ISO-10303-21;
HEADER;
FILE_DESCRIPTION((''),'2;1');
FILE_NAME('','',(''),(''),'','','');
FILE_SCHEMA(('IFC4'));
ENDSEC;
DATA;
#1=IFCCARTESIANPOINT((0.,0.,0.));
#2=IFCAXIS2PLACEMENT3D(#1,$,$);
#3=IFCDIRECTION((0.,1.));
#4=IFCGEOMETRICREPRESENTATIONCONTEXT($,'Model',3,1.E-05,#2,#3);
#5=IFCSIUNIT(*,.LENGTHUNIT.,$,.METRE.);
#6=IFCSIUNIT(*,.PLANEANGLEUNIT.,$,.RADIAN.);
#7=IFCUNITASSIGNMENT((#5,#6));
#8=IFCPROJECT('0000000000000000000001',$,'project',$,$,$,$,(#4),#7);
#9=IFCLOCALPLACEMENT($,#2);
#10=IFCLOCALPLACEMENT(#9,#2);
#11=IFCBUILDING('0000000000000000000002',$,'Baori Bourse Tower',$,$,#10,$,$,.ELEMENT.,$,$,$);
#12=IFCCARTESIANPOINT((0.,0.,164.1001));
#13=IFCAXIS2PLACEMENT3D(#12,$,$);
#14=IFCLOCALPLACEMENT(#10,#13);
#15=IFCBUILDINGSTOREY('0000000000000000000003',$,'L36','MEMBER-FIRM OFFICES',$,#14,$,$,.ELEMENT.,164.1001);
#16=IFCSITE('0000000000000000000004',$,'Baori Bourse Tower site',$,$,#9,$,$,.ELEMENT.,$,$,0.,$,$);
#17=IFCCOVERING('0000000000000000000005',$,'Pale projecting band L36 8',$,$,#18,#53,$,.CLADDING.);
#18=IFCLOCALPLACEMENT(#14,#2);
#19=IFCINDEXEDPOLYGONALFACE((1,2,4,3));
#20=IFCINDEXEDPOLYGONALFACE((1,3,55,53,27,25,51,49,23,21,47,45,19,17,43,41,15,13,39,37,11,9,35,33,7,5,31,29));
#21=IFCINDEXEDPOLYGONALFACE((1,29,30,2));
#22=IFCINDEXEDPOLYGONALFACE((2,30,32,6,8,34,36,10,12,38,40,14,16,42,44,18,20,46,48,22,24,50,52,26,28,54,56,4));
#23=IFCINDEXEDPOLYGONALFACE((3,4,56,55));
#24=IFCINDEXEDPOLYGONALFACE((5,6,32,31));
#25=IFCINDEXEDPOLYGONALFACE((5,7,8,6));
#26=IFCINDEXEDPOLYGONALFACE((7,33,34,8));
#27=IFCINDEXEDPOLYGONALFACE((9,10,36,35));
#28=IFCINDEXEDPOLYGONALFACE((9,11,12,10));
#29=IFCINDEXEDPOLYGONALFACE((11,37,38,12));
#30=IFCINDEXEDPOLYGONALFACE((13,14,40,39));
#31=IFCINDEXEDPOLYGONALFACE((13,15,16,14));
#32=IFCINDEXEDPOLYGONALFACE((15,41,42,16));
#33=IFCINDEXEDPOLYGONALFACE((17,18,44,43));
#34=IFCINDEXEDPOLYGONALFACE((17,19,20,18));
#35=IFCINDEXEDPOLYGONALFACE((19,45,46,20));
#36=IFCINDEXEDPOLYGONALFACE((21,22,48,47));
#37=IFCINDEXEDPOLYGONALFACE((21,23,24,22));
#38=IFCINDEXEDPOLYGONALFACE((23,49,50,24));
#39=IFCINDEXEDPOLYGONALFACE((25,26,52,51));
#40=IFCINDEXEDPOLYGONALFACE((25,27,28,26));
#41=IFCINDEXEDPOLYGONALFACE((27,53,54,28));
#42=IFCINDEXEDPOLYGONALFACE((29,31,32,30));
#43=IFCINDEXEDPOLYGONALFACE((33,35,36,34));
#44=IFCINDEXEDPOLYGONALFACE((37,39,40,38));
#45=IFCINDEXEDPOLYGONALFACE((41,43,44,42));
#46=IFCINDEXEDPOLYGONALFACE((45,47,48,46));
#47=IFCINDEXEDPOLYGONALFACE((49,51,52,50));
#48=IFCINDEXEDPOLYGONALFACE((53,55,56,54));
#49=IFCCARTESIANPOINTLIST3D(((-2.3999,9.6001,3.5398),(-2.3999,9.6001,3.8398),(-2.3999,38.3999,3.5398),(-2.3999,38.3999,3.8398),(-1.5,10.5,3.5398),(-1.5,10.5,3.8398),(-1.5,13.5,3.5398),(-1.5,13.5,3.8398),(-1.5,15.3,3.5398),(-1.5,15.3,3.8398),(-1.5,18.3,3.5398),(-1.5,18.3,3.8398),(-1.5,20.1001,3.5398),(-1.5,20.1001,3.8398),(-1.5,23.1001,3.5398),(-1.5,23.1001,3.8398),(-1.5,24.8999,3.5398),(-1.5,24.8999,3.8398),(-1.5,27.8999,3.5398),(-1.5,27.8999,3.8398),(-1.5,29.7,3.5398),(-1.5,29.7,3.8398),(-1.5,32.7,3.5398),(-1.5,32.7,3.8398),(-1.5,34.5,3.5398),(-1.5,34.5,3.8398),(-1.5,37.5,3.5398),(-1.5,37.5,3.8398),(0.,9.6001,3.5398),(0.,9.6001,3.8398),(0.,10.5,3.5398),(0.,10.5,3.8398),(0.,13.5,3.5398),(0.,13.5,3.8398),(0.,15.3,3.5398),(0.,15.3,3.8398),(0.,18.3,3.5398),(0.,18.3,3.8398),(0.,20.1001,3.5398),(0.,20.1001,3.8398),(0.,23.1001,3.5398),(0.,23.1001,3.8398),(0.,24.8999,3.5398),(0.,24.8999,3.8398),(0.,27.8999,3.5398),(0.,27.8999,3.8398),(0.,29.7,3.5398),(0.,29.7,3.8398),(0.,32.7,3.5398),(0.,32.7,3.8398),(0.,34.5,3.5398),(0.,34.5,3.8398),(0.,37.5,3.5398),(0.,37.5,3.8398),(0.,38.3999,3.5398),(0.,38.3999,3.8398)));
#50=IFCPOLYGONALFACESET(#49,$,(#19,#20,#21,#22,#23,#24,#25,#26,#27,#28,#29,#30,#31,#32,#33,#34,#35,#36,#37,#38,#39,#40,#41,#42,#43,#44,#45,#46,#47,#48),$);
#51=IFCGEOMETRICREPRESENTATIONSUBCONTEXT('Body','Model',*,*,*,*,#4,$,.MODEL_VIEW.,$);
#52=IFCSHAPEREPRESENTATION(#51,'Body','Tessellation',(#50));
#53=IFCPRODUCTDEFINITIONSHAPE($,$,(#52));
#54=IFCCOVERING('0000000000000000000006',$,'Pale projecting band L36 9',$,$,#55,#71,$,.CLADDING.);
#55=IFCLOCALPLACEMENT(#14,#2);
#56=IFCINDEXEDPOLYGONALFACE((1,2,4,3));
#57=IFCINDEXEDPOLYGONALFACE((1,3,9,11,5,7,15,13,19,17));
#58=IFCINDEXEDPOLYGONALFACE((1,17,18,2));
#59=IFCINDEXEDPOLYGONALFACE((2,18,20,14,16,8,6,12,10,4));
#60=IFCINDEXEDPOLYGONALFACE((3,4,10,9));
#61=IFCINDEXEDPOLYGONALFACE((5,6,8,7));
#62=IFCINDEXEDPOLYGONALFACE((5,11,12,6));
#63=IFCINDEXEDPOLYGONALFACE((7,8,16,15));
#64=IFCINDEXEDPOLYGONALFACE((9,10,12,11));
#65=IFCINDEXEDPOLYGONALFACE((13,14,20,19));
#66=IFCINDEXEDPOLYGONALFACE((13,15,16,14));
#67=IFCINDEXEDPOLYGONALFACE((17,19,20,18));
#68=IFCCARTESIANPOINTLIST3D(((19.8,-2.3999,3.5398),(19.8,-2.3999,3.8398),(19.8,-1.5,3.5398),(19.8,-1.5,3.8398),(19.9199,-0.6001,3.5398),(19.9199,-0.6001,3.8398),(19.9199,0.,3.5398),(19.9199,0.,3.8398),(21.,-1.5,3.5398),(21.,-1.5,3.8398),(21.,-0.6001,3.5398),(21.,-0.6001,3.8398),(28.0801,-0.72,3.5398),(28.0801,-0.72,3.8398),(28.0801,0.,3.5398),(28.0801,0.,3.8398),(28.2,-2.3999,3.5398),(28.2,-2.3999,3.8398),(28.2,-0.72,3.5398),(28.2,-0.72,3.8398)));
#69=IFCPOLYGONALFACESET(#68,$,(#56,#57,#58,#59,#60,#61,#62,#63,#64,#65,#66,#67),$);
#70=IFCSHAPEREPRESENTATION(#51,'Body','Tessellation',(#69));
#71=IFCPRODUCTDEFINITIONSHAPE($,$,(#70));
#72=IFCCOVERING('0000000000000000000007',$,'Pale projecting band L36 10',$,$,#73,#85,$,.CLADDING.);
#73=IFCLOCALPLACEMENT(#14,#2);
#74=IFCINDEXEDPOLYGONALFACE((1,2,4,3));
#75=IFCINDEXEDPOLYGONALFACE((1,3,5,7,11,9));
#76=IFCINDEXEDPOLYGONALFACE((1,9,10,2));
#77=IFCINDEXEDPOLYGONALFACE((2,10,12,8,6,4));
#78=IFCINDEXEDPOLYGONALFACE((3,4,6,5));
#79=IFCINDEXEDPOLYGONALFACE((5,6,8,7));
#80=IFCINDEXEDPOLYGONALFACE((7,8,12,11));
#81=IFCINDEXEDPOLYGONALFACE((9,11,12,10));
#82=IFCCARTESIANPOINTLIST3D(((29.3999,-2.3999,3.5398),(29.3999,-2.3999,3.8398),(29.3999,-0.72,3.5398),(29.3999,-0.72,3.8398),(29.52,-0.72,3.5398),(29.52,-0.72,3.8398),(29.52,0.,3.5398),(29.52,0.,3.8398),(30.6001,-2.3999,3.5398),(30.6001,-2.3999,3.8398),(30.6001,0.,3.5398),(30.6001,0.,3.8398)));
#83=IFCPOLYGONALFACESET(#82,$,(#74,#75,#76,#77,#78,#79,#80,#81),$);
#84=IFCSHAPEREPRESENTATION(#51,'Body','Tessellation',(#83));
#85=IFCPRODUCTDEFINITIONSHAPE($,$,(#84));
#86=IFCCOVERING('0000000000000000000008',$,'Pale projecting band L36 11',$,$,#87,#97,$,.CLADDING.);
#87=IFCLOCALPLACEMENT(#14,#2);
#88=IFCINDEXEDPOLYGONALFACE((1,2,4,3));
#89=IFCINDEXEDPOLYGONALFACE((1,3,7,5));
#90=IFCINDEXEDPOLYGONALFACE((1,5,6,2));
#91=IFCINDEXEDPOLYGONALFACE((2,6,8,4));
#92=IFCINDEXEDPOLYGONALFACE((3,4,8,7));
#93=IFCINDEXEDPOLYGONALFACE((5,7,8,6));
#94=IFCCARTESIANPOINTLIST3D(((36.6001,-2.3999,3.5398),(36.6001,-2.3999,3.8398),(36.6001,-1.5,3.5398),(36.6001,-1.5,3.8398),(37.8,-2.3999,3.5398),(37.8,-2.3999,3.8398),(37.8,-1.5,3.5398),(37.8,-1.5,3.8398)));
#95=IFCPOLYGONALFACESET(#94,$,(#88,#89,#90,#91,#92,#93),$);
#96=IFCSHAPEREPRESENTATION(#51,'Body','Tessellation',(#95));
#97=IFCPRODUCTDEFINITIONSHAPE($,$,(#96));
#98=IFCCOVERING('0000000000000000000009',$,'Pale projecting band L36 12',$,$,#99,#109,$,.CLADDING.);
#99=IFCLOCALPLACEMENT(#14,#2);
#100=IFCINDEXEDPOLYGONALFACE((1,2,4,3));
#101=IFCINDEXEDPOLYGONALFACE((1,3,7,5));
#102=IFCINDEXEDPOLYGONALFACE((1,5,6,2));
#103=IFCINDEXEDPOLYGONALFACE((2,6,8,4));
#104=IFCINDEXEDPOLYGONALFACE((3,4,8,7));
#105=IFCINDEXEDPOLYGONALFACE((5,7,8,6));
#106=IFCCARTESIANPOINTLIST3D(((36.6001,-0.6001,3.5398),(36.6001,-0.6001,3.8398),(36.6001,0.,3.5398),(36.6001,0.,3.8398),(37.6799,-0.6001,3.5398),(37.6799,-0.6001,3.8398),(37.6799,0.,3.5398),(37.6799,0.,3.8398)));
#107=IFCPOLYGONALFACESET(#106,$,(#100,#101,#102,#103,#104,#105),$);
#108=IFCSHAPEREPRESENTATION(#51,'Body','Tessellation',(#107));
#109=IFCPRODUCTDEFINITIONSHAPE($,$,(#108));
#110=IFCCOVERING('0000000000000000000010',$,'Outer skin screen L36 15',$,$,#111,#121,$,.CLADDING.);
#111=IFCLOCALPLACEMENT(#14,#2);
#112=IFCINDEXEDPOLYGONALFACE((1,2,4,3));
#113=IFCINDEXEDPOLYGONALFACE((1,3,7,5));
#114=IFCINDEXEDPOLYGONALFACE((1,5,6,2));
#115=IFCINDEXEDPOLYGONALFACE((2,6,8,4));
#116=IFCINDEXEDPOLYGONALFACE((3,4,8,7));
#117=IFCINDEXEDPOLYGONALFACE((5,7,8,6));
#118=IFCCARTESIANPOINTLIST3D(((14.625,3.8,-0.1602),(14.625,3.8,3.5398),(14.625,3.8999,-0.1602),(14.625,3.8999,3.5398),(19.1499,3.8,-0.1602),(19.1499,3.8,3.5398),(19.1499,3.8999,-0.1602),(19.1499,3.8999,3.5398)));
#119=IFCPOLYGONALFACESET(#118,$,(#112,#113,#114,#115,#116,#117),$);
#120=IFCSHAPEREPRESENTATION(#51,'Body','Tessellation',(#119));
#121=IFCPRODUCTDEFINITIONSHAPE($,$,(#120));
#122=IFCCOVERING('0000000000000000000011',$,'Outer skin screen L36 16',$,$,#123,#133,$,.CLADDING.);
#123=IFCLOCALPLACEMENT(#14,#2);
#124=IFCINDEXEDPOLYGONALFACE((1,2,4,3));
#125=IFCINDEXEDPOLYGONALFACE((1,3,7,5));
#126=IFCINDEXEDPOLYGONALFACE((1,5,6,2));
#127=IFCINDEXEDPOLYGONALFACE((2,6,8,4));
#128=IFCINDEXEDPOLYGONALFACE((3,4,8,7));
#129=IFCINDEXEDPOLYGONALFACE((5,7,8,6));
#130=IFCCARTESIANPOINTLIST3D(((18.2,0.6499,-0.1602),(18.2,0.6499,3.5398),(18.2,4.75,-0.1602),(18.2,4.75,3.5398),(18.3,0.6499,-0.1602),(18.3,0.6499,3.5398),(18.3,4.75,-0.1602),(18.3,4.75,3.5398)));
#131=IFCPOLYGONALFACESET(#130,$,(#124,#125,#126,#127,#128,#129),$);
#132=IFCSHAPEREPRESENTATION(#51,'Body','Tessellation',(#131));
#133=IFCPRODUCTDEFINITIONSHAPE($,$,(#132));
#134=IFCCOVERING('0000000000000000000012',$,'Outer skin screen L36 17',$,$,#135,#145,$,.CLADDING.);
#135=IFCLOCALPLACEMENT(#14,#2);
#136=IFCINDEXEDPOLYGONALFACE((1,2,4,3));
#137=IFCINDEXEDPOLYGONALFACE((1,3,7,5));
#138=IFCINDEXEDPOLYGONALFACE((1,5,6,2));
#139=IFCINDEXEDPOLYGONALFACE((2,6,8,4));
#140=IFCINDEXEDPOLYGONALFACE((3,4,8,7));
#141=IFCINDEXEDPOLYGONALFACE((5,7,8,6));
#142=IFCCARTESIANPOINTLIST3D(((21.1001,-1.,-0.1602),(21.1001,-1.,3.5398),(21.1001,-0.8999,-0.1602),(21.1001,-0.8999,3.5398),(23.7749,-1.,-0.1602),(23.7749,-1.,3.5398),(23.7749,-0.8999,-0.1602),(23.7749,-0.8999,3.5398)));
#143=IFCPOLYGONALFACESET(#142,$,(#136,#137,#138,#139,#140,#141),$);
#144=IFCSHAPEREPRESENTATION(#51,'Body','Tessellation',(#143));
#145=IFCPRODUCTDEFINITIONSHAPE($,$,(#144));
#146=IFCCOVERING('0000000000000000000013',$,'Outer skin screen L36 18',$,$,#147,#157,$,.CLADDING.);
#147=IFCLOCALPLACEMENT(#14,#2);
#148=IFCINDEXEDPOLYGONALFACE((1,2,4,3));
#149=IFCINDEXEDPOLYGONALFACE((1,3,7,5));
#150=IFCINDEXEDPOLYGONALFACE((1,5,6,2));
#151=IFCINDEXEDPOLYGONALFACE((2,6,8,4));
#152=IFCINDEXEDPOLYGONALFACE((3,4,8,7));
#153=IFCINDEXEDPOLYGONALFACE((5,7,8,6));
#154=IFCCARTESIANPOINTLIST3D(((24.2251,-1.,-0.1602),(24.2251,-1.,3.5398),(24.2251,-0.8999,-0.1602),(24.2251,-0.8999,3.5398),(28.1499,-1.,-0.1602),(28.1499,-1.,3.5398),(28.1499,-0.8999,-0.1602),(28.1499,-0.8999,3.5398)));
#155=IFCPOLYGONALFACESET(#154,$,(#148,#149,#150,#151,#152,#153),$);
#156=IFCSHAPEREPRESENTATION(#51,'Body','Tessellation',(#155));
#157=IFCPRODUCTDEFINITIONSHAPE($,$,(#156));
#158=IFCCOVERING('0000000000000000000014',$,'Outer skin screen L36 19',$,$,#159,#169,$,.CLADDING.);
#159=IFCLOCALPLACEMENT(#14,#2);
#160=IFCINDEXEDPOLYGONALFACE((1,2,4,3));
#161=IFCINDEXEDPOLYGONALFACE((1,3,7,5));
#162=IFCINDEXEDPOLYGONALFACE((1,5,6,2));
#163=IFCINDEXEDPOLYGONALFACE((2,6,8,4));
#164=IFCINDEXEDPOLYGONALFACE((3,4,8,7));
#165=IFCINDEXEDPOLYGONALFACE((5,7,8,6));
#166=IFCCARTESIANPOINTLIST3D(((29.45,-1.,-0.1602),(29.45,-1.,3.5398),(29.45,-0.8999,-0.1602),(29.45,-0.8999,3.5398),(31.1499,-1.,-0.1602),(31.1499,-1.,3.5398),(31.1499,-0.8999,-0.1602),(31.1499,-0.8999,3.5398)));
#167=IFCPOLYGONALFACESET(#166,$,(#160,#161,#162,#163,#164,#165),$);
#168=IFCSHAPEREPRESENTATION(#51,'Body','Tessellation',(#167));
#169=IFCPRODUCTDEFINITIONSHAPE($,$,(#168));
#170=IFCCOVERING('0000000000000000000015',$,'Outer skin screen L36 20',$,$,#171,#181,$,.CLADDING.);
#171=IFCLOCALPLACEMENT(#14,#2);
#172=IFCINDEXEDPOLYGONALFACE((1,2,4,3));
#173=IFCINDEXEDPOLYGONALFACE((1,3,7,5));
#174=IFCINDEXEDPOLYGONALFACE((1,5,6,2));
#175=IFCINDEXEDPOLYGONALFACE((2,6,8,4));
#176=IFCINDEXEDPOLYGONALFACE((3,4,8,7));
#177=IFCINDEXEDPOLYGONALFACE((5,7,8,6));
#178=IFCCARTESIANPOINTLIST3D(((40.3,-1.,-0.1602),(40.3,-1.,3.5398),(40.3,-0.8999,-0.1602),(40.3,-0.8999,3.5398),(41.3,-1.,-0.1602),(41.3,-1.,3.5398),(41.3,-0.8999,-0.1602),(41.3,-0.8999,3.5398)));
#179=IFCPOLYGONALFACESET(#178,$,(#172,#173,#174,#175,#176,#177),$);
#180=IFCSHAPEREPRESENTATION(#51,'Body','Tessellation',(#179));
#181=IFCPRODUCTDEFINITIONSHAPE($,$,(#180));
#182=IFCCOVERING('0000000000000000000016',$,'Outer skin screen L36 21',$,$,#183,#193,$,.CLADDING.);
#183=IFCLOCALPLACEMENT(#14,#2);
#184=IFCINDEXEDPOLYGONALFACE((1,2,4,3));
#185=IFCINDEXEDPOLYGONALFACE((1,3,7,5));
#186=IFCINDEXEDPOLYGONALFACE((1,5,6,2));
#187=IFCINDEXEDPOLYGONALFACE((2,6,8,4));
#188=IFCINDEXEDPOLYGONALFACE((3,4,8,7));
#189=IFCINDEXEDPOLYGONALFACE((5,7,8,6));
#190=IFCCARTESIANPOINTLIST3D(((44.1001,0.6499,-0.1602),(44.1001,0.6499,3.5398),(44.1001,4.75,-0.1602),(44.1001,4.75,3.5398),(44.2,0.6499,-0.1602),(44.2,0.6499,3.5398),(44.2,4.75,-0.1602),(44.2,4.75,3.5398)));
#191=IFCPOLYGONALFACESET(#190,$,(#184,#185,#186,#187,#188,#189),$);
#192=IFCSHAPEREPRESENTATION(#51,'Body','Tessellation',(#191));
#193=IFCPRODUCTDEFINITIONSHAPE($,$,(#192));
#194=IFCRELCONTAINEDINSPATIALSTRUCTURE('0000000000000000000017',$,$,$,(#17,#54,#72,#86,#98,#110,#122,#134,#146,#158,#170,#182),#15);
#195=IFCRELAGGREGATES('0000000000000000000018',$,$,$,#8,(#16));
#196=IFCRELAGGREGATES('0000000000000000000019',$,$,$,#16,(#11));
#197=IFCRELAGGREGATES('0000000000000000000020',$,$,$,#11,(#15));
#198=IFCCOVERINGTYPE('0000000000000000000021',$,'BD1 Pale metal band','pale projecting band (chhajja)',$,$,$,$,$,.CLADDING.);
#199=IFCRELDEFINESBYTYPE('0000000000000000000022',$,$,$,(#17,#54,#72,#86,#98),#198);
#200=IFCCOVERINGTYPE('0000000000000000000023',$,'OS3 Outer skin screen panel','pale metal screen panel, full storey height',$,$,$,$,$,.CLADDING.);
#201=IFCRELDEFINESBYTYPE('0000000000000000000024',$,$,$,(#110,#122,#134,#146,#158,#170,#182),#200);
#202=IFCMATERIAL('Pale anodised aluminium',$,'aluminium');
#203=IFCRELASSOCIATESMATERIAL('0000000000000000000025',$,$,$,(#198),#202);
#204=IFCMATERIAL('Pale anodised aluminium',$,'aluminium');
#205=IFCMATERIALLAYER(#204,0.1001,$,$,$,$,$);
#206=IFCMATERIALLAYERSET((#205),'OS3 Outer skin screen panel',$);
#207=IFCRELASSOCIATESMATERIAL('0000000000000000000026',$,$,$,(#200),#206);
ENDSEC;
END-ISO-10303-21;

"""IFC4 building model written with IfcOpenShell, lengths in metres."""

from ifc_helpers import new_model, si_unit, direction, frame, origin, place, context, subcontext, project, spatial, polyline, outline, extrude, material, layer, layer_set, type_object, element, save


model = new_model("IFC4")

# Units and contexts
model_context = context("Model", 3, precision=1e-05, world=origin(), true_north=direction((0.0, 1.0)))
body_context = subcontext(model_context, "Body", "Model", "MODEL_VIEW")
ifc_project = project(units=[si_unit("LENGTHUNIT", "METRE"), si_unit("PLANEANGLEUNIT", "RADIAN")], contexts=[model_context])

# Site, building, storey
site_placement = place(None, origin())
site = spatial("IfcSite", under=ifc_project, at=site_placement, Name="Baori Bourse Tower site", CompositionType="ELEMENT", RefElevation=0.0)
building_placement = place(site_placement, origin())
building = spatial("IfcBuilding", under=site, at=building_placement, Name="Baori Bourse Tower", CompositionType="ELEMENT")
storey_placement = place(building_placement, frame((0.0, 0.0, 164.1001)))
storey = spatial("IfcBuildingStorey", under=building, at=storey_placement, Name="L36", Description="MEMBER-FIRM OFFICES", CompositionType="ELEMENT", Elevation=164.1001)

# Coverings
ifc_material_1 = material(Name="Pale anodised aluminium", Category="aluminium")
covering_type_1 = type_object("IfcCoveringType", Name="BD1 Pale metal band", Description="pale projecting band (chhajja)", PredefinedType="CLADDING", material=ifc_material_1)
covering_1_placement = place(storey_placement, frame((0.0, 0.0, 3.5398)))
element("IfcCovering", 1, at=covering_1_placement, inside=storey, type_object=covering_type_1, Name="Pale projecting band L36 8", PredefinedType="CLADDING", context=body_context, shape_type="SweptSolid", body=[
    extrude(outline(polyline([(0.0, 37.5), (0.0, 38.3999), (-2.3999, 38.3999), (-2.3999, 9.6001), (0.0, 9.6001), (0.0, 10.5), (-1.5, 10.5), (-1.5, 13.5), (0.0, 13.5), (0.0, 15.3), (-1.5, 15.3), (-1.5, 18.3), (0.0, 18.3), (0.0, 20.1001), (-1.5, 20.1001), (-1.5, 23.1001), (0.0, 23.1001), (0.0, 24.8999), (-1.5, 24.8999), (-1.5, 27.8999), (0.0, 27.8999), (0.0, 29.7), (-1.5, 29.7), (-1.5, 32.7), (0.0, 32.7), (0.0, 34.5), (-1.5, 34.5), (-1.5, 37.5), (0.0, 37.5)])), origin(), (0.0, 0.0, 1.0), 0.3),
])
covering_2_placement = place(storey_placement, frame((0.0, 0.0, 3.5398)))
element("IfcCovering", 2, at=covering_2_placement, inside=storey, type_object=covering_type_1, Name="Pale projecting band L36 9", PredefinedType="CLADDING", context=body_context, shape_type="SweptSolid", body=[
    extrude(outline(polyline([(28.0801, 0.0), (19.9199, 0.0), (19.9199, -0.6001), (21.0, -0.6001), (21.0, -1.5), (19.8, -1.5), (19.8, -2.3999), (28.2, -2.3999), (28.2, -0.72), (28.0801, -0.72), (28.0801, 0.0)])), origin(), (0.0, 0.0, 1.0), 0.3),
])
covering_3_placement = place(storey_placement, frame((0.0, 0.0, 3.5398)))
element("IfcCovering", 3, at=covering_3_placement, inside=storey, type_object=covering_type_1, Name="Pale projecting band L36 10", PredefinedType="CLADDING", context=body_context, shape_type="SweptSolid", body=[
    extrude(outline(polyline([(30.6001, 0.0), (29.52, 0.0), (29.52, -0.72), (29.3999, -0.72), (29.3999, -2.3999), (30.6001, -2.3999), (30.6001, 0.0)])), origin(), (0.0, 0.0, 1.0), 0.3),
])
covering_4_placement = place(storey_placement, frame((0.0, 0.0, 3.5398)))
element("IfcCovering", 4, at=covering_4_placement, inside=storey, type_object=covering_type_1, Name="Pale projecting band L36 11", PredefinedType="CLADDING", context=body_context, shape_type="SweptSolid", body=[
    extrude(outline(polyline([(37.8, -2.3999), (37.8, -1.5), (36.6001, -1.5), (36.6001, -2.3999), (37.8, -2.3999)])), origin(), (0.0, 0.0, 1.0), 0.3),
])
covering_5_placement = place(storey_placement, frame((0.0, 0.0, 3.5398)))
element("IfcCovering", 5, at=covering_5_placement, inside=storey, type_object=covering_type_1, Name="Pale projecting band L36 12", PredefinedType="CLADDING", context=body_context, shape_type="SweptSolid", body=[
    extrude(outline(polyline([(37.6799, 0.0), (36.6001, 0.0), (36.6001, -0.6001), (37.6799, -0.6001), (37.6799, 0.0)])), origin(), (0.0, 0.0, 1.0), 0.3),
])
ifc_material_2 = material(Name="Pale anodised aluminium", Category="aluminium")
ifc_layer = layer(ifc_material_2, 0.1001)
ifc_layer_set = layer_set([ifc_layer], Name="OS3 Outer skin screen panel")
covering_type_2 = type_object("IfcCoveringType", Name="OS3 Outer skin screen panel", Description="pale metal screen panel, full storey height", PredefinedType="CLADDING", material=ifc_layer_set)
covering_6_placement = place(storey_placement, frame((0.0, 0.0, -0.1602)))
element("IfcCovering", 6, at=covering_6_placement, inside=storey, type_object=covering_type_2, Name="Outer skin screen L36 15", PredefinedType="CLADDING", context=body_context, shape_type="SweptSolid", body=[
    extrude(outline(polyline([(19.1499, 3.8999), (14.625, 3.8999), (14.625, 3.8), (19.1499, 3.8), (19.1499, 3.8999)])), origin(), (0.0, 0.0, 1.0), 3.7),
])
covering_7_placement = place(storey_placement, frame((0.0, 0.0, -0.1602)))
element("IfcCovering", 7, at=covering_7_placement, inside=storey, type_object=covering_type_2, Name="Outer skin screen L36 16", PredefinedType="CLADDING", context=body_context, shape_type="SweptSolid", body=[
    extrude(outline(polyline([(18.3, 0.6499), (18.3, 4.75), (18.2, 4.75), (18.2, 0.6499), (18.3, 0.6499)])), origin(), (0.0, 0.0, 1.0), 3.7),
])
covering_8_placement = place(storey_placement, frame((0.0, 0.0, -0.1602)))
element("IfcCovering", 8, at=covering_8_placement, inside=storey, type_object=covering_type_2, Name="Outer skin screen L36 17", PredefinedType="CLADDING", context=body_context, shape_type="SweptSolid", body=[
    extrude(outline(polyline([(23.7749, -0.8999), (21.1001, -0.8999), (21.1001, -1.0), (23.7749, -1.0), (23.7749, -0.8999)])), origin(), (0.0, 0.0, 1.0), 3.7),
])
covering_9_placement = place(storey_placement, frame((0.0, 0.0, -0.1602)))
element("IfcCovering", 9, at=covering_9_placement, inside=storey, type_object=covering_type_2, Name="Outer skin screen L36 18", PredefinedType="CLADDING", context=body_context, shape_type="SweptSolid", body=[
    extrude(outline(polyline([(28.1499, -0.8999), (24.2251, -0.8999), (24.2251, -1.0), (28.1499, -1.0), (28.1499, -0.8999)])), origin(), (0.0, 0.0, 1.0), 3.7),
])
covering_10_placement = place(storey_placement, frame((0.0, 0.0, -0.1602)))
element("IfcCovering", 10, at=covering_10_placement, inside=storey, type_object=covering_type_2, Name="Outer skin screen L36 19", PredefinedType="CLADDING", context=body_context, shape_type="SweptSolid", body=[
    extrude(outline(polyline([(31.1499, -0.8999), (29.45, -0.8999), (29.45, -1.0), (31.1499, -1.0), (31.1499, -0.8999)])), origin(), (0.0, 0.0, 1.0), 3.7),
])
covering_11_placement = place(storey_placement, frame((0.0, 0.0, -0.1602)))
element("IfcCovering", 11, at=covering_11_placement, inside=storey, type_object=covering_type_2, Name="Outer skin screen L36 20", PredefinedType="CLADDING", context=body_context, shape_type="SweptSolid", body=[
    extrude(outline(polyline([(41.3, -0.8999), (40.3, -0.8999), (40.3, -1.0), (41.3, -1.0), (41.3, -0.8999)])), origin(), (0.0, 0.0, 1.0), 3.7),
])
covering_12_placement = place(storey_placement, frame((0.0, 0.0, -0.1602)))
element("IfcCovering", 12, at=covering_12_placement, inside=storey, type_object=covering_type_2, Name="Outer skin screen L36 21", PredefinedType="CLADDING", context=body_context, shape_type="SweptSolid", body=[
    extrude(outline(polyline([(44.1001, 4.75), (44.1001, 0.6499), (44.2, 0.6499), (44.2, 4.75), (44.1001, 4.75)])), origin(), (0.0, 0.0, 1.0), 3.7),
])

save(model, "model.ifc")
